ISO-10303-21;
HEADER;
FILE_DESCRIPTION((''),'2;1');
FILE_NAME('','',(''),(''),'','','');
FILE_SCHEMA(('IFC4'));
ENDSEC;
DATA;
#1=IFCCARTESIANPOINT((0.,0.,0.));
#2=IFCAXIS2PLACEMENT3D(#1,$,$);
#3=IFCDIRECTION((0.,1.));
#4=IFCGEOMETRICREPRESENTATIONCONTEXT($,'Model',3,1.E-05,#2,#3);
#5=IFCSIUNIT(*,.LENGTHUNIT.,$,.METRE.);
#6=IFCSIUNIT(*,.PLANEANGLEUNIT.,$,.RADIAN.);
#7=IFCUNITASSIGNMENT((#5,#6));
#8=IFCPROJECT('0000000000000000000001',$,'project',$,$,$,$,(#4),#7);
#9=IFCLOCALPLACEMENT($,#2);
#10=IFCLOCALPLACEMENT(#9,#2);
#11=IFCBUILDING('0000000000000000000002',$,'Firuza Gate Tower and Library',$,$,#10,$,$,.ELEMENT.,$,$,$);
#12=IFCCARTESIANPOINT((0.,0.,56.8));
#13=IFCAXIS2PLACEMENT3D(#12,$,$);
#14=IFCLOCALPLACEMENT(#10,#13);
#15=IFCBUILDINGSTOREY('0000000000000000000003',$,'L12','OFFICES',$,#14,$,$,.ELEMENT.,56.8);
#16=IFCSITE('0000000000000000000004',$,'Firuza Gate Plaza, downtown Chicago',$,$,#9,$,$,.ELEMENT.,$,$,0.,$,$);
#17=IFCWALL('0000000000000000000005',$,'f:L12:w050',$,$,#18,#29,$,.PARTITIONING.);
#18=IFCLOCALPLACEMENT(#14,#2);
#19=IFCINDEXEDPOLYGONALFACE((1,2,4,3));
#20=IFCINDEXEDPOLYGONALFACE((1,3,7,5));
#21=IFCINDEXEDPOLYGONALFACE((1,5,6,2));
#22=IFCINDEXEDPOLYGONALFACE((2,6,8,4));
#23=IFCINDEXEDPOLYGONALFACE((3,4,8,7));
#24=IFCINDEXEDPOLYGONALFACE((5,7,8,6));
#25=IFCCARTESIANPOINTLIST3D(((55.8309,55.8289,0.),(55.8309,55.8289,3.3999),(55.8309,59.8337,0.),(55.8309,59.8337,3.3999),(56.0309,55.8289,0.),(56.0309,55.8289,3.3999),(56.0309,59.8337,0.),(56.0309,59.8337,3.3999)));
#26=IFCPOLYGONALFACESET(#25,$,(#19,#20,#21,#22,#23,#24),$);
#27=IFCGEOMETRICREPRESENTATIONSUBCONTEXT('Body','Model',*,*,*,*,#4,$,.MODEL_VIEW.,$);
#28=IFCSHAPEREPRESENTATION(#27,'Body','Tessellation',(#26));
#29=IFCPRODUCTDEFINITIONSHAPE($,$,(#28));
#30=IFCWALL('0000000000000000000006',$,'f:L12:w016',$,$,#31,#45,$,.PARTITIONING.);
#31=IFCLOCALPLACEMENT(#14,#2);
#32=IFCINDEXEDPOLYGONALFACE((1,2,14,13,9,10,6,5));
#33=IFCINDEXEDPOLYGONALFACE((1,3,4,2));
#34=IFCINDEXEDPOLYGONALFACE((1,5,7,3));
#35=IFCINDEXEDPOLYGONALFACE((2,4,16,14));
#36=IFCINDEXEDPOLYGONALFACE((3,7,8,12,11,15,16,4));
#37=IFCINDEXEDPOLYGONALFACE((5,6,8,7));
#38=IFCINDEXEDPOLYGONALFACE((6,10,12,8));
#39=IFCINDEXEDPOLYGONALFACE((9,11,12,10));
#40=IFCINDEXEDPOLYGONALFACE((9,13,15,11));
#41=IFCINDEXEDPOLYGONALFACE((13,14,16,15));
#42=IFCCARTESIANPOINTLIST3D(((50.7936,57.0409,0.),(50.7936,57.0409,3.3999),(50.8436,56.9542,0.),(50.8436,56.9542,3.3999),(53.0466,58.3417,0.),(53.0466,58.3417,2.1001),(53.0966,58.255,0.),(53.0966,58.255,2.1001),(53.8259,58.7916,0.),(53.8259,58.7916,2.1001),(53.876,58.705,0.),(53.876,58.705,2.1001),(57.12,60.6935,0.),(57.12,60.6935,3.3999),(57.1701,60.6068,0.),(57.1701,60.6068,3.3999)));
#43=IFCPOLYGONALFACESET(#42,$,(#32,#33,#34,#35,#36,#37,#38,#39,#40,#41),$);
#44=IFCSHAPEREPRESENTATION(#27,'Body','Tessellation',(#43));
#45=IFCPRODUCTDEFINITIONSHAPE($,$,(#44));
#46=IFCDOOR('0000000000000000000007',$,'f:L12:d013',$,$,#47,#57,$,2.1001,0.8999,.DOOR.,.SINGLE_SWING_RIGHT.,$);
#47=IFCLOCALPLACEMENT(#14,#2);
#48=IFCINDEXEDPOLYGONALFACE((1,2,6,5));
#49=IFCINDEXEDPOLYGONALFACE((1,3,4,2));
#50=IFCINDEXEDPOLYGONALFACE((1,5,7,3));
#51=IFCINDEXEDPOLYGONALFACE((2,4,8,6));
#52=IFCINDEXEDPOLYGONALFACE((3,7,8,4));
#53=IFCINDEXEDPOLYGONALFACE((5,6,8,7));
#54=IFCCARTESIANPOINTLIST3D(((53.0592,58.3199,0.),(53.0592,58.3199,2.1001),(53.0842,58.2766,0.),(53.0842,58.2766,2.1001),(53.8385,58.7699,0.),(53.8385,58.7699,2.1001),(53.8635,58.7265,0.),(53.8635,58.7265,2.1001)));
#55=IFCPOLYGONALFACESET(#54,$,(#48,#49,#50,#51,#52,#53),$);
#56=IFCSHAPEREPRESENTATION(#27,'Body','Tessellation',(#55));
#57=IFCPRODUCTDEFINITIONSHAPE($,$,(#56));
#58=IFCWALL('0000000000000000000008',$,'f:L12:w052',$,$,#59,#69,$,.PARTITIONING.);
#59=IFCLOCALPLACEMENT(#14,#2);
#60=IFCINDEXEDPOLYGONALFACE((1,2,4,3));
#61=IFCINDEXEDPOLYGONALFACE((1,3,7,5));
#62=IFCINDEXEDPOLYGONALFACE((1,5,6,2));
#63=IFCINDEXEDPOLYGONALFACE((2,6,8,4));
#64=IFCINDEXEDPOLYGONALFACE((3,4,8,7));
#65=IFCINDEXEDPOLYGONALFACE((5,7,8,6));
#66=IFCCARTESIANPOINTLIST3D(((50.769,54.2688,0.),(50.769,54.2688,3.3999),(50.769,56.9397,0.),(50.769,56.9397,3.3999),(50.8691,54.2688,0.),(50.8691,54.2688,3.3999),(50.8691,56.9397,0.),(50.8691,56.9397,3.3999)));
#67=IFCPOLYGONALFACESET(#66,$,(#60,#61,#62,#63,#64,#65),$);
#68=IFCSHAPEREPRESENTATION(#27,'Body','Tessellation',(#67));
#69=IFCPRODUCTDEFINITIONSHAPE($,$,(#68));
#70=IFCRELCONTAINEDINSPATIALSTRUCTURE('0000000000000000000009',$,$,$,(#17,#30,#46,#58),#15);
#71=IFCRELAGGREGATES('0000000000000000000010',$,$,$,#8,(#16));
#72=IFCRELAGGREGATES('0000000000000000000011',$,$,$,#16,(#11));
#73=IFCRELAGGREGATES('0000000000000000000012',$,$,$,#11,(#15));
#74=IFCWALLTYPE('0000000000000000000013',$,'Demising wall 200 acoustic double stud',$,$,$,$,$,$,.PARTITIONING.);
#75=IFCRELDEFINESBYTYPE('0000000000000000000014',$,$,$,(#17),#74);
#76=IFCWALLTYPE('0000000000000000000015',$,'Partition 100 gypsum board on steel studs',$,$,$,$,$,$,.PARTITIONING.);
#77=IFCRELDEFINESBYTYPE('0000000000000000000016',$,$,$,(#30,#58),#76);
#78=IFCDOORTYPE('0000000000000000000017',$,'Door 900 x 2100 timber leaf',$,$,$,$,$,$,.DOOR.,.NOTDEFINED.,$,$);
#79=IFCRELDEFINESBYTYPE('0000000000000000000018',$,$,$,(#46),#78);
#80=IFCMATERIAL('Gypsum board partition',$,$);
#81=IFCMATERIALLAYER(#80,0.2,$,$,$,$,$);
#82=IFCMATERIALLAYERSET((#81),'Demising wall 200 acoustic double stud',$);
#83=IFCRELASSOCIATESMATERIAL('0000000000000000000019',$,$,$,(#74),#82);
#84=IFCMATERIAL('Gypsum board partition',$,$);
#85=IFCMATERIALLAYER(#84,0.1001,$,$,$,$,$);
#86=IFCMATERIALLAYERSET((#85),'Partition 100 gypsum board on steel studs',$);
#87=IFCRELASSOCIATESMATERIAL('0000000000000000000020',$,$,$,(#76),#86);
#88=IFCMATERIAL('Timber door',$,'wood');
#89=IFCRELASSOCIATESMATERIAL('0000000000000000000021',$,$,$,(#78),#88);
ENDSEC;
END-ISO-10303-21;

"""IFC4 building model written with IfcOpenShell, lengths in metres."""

from ifc_helpers import new_model, si_unit, direction, frame, frame_2d, origin, place, context, subcontext, project, spatial, rectangle, extrude, material, layer, layer_set, type_object, element, fill, save


model = new_model("IFC4")

# Units and contexts
model_context = context("Model", 3, precision=1e-05, world=origin(), true_north=direction((0.0, 1.0)))
body_context = subcontext(model_context, "Body", "Model", "MODEL_VIEW")
ifc_project = project(units=[si_unit("LENGTHUNIT", "METRE"), si_unit("PLANEANGLEUNIT", "RADIAN")], contexts=[model_context])

# Site, building, storey
site_placement = place(None, origin())
site = spatial("IfcSite", under=ifc_project, at=site_placement, Name="Firuza Gate Plaza, downtown Chicago", CompositionType="ELEMENT", RefElevation=0.0)
building_placement = place(site_placement, origin())
building = spatial("IfcBuilding", under=site, at=building_placement, Name="Firuza Gate Tower and Library", CompositionType="ELEMENT")
storey_placement = place(building_placement, frame((0.0, 0.0, 56.8)))
storey = spatial("IfcBuildingStorey", under=building, at=storey_placement, Name="L12", Description="OFFICES", CompositionType="ELEMENT", Elevation=56.8)

# Wall
ifc_material_1 = material(Name="Gypsum board partition")
ifc_layer_1 = layer(ifc_material_1, 0.2)
ifc_layer_set_1 = layer_set([ifc_layer_1], Name="Demising wall 200 acoustic double stud")
wall_type_1 = type_object("IfcWallType", Name="Demising wall 200 acoustic double stud", PredefinedType="PARTITIONING", material=ifc_layer_set_1)
wall_1_placement = place(storey_placement, frame((55.9309, 55.8289, 0.0), z_axis=(0.0, 0.0, 1.0), x_axis=(0.0, 1.0, 0.0)))
element("IfcWall", 1, at=wall_1_placement, inside=storey, type_object=wall_type_1, Name="f:L12:w050", PredefinedType="PARTITIONING", context=body_context, shape_type="SweptSolid", body=[
    extrude(rectangle(XDim=4.0049, YDim=0.2, at=frame_2d((2.0024, 0.0))), origin(), (0.0, 0.0, 1.0), 3.3999),
])

# Wall, opening, door
ifc_material_2 = material(Name="Gypsum board partition")
ifc_layer_2 = layer(ifc_material_2, 0.1001)
ifc_layer_set_2 = layer_set([ifc_layer_2], Name="Partition 100 gypsum board on steel studs")
wall_type_2 = type_object("IfcWallType", Name="Partition 100 gypsum board on steel studs", PredefinedType="PARTITIONING", material=ifc_layer_set_2)
wall_2_placement = place(storey_placement, frame((50.8186, 56.9976, 0.0), z_axis=(0.0, 0.0, 1.0), x_axis=(0.866024, 0.500003, 0.0)))
wall_2 = element("IfcWall", 2, at=wall_2_placement, inside=storey, type_object=wall_type_2, Name="f:L12:w016", PredefinedType="PARTITIONING", context=body_context, shape_type="SweptSolid", body=[
    extrude(rectangle(XDim=7.3052, YDim=0.1001, at=frame_2d((3.6526, 0.0))), origin(), (0.0, 0.0, 1.0), 3.3999),
])
opening_placement = place(wall_2_placement, frame((2.6016, 0.0, 0.0)))
opening = element("IfcOpeningElement", 3, at=opening_placement, cuts=wall_2, PredefinedType="OPENING", context=body_context, shape_type="SweptSolid", body=[
    extrude(rectangle(XDim=0.8999, YDim=2.1001, at=frame_2d((0.45, 1.05))), frame((0.0, 0.0601, 0.0), z_axis=(0.0, -1.0, 0.0), x_axis=(1.0, 0.0, 0.0)), (0.0, 0.0, 1.0), 0.1201),
])
ifc_material_3 = material(Name="Timber door", Category="wood")
door_type = type_object("IfcDoorType", Name="Door 900 x 2100 timber leaf", OperationType="NOTDEFINED", PredefinedType="DOOR", material=ifc_material_3)
door_placement = place(opening_placement, origin())
door = element("IfcDoor", 4, at=door_placement, inside=storey, type_object=door_type, Name="f:L12:d013", OperationType="SINGLE_SWING_RIGHT", OverallHeight=2.1001, OverallWidth=0.8999, PredefinedType="DOOR", context=body_context, shape_type="SweptSolid", body=[
    extrude(rectangle(XDim=0.8999, YDim=2.1001, at=frame_2d((0.45, 1.05))), frame((0.0, 0.0249, 0.0), z_axis=(0.0, -1.0, 0.0), x_axis=(1.0, 0.0, 0.0)), (0.0, 0.0, 1.0), 0.05),
])
fill(opening, door)

# Wall
wall_3_placement = place(storey_placement, frame((50.8191, 54.2688, 0.0), z_axis=(0.0, 0.0, 1.0), x_axis=(0.0, 1.0, 0.0)))
element("IfcWall", 5, at=wall_3_placement, inside=storey, type_object=wall_type_2, Name="f:L12:w052", PredefinedType="PARTITIONING", context=body_context, shape_type="SweptSolid", body=[
    extrude(rectangle(XDim=2.6709, YDim=0.1001, at=frame_2d((1.3354, 0.0))), origin(), (0.0, 0.0, 1.0), 3.3999),
])

save(model, "model.ifc")
